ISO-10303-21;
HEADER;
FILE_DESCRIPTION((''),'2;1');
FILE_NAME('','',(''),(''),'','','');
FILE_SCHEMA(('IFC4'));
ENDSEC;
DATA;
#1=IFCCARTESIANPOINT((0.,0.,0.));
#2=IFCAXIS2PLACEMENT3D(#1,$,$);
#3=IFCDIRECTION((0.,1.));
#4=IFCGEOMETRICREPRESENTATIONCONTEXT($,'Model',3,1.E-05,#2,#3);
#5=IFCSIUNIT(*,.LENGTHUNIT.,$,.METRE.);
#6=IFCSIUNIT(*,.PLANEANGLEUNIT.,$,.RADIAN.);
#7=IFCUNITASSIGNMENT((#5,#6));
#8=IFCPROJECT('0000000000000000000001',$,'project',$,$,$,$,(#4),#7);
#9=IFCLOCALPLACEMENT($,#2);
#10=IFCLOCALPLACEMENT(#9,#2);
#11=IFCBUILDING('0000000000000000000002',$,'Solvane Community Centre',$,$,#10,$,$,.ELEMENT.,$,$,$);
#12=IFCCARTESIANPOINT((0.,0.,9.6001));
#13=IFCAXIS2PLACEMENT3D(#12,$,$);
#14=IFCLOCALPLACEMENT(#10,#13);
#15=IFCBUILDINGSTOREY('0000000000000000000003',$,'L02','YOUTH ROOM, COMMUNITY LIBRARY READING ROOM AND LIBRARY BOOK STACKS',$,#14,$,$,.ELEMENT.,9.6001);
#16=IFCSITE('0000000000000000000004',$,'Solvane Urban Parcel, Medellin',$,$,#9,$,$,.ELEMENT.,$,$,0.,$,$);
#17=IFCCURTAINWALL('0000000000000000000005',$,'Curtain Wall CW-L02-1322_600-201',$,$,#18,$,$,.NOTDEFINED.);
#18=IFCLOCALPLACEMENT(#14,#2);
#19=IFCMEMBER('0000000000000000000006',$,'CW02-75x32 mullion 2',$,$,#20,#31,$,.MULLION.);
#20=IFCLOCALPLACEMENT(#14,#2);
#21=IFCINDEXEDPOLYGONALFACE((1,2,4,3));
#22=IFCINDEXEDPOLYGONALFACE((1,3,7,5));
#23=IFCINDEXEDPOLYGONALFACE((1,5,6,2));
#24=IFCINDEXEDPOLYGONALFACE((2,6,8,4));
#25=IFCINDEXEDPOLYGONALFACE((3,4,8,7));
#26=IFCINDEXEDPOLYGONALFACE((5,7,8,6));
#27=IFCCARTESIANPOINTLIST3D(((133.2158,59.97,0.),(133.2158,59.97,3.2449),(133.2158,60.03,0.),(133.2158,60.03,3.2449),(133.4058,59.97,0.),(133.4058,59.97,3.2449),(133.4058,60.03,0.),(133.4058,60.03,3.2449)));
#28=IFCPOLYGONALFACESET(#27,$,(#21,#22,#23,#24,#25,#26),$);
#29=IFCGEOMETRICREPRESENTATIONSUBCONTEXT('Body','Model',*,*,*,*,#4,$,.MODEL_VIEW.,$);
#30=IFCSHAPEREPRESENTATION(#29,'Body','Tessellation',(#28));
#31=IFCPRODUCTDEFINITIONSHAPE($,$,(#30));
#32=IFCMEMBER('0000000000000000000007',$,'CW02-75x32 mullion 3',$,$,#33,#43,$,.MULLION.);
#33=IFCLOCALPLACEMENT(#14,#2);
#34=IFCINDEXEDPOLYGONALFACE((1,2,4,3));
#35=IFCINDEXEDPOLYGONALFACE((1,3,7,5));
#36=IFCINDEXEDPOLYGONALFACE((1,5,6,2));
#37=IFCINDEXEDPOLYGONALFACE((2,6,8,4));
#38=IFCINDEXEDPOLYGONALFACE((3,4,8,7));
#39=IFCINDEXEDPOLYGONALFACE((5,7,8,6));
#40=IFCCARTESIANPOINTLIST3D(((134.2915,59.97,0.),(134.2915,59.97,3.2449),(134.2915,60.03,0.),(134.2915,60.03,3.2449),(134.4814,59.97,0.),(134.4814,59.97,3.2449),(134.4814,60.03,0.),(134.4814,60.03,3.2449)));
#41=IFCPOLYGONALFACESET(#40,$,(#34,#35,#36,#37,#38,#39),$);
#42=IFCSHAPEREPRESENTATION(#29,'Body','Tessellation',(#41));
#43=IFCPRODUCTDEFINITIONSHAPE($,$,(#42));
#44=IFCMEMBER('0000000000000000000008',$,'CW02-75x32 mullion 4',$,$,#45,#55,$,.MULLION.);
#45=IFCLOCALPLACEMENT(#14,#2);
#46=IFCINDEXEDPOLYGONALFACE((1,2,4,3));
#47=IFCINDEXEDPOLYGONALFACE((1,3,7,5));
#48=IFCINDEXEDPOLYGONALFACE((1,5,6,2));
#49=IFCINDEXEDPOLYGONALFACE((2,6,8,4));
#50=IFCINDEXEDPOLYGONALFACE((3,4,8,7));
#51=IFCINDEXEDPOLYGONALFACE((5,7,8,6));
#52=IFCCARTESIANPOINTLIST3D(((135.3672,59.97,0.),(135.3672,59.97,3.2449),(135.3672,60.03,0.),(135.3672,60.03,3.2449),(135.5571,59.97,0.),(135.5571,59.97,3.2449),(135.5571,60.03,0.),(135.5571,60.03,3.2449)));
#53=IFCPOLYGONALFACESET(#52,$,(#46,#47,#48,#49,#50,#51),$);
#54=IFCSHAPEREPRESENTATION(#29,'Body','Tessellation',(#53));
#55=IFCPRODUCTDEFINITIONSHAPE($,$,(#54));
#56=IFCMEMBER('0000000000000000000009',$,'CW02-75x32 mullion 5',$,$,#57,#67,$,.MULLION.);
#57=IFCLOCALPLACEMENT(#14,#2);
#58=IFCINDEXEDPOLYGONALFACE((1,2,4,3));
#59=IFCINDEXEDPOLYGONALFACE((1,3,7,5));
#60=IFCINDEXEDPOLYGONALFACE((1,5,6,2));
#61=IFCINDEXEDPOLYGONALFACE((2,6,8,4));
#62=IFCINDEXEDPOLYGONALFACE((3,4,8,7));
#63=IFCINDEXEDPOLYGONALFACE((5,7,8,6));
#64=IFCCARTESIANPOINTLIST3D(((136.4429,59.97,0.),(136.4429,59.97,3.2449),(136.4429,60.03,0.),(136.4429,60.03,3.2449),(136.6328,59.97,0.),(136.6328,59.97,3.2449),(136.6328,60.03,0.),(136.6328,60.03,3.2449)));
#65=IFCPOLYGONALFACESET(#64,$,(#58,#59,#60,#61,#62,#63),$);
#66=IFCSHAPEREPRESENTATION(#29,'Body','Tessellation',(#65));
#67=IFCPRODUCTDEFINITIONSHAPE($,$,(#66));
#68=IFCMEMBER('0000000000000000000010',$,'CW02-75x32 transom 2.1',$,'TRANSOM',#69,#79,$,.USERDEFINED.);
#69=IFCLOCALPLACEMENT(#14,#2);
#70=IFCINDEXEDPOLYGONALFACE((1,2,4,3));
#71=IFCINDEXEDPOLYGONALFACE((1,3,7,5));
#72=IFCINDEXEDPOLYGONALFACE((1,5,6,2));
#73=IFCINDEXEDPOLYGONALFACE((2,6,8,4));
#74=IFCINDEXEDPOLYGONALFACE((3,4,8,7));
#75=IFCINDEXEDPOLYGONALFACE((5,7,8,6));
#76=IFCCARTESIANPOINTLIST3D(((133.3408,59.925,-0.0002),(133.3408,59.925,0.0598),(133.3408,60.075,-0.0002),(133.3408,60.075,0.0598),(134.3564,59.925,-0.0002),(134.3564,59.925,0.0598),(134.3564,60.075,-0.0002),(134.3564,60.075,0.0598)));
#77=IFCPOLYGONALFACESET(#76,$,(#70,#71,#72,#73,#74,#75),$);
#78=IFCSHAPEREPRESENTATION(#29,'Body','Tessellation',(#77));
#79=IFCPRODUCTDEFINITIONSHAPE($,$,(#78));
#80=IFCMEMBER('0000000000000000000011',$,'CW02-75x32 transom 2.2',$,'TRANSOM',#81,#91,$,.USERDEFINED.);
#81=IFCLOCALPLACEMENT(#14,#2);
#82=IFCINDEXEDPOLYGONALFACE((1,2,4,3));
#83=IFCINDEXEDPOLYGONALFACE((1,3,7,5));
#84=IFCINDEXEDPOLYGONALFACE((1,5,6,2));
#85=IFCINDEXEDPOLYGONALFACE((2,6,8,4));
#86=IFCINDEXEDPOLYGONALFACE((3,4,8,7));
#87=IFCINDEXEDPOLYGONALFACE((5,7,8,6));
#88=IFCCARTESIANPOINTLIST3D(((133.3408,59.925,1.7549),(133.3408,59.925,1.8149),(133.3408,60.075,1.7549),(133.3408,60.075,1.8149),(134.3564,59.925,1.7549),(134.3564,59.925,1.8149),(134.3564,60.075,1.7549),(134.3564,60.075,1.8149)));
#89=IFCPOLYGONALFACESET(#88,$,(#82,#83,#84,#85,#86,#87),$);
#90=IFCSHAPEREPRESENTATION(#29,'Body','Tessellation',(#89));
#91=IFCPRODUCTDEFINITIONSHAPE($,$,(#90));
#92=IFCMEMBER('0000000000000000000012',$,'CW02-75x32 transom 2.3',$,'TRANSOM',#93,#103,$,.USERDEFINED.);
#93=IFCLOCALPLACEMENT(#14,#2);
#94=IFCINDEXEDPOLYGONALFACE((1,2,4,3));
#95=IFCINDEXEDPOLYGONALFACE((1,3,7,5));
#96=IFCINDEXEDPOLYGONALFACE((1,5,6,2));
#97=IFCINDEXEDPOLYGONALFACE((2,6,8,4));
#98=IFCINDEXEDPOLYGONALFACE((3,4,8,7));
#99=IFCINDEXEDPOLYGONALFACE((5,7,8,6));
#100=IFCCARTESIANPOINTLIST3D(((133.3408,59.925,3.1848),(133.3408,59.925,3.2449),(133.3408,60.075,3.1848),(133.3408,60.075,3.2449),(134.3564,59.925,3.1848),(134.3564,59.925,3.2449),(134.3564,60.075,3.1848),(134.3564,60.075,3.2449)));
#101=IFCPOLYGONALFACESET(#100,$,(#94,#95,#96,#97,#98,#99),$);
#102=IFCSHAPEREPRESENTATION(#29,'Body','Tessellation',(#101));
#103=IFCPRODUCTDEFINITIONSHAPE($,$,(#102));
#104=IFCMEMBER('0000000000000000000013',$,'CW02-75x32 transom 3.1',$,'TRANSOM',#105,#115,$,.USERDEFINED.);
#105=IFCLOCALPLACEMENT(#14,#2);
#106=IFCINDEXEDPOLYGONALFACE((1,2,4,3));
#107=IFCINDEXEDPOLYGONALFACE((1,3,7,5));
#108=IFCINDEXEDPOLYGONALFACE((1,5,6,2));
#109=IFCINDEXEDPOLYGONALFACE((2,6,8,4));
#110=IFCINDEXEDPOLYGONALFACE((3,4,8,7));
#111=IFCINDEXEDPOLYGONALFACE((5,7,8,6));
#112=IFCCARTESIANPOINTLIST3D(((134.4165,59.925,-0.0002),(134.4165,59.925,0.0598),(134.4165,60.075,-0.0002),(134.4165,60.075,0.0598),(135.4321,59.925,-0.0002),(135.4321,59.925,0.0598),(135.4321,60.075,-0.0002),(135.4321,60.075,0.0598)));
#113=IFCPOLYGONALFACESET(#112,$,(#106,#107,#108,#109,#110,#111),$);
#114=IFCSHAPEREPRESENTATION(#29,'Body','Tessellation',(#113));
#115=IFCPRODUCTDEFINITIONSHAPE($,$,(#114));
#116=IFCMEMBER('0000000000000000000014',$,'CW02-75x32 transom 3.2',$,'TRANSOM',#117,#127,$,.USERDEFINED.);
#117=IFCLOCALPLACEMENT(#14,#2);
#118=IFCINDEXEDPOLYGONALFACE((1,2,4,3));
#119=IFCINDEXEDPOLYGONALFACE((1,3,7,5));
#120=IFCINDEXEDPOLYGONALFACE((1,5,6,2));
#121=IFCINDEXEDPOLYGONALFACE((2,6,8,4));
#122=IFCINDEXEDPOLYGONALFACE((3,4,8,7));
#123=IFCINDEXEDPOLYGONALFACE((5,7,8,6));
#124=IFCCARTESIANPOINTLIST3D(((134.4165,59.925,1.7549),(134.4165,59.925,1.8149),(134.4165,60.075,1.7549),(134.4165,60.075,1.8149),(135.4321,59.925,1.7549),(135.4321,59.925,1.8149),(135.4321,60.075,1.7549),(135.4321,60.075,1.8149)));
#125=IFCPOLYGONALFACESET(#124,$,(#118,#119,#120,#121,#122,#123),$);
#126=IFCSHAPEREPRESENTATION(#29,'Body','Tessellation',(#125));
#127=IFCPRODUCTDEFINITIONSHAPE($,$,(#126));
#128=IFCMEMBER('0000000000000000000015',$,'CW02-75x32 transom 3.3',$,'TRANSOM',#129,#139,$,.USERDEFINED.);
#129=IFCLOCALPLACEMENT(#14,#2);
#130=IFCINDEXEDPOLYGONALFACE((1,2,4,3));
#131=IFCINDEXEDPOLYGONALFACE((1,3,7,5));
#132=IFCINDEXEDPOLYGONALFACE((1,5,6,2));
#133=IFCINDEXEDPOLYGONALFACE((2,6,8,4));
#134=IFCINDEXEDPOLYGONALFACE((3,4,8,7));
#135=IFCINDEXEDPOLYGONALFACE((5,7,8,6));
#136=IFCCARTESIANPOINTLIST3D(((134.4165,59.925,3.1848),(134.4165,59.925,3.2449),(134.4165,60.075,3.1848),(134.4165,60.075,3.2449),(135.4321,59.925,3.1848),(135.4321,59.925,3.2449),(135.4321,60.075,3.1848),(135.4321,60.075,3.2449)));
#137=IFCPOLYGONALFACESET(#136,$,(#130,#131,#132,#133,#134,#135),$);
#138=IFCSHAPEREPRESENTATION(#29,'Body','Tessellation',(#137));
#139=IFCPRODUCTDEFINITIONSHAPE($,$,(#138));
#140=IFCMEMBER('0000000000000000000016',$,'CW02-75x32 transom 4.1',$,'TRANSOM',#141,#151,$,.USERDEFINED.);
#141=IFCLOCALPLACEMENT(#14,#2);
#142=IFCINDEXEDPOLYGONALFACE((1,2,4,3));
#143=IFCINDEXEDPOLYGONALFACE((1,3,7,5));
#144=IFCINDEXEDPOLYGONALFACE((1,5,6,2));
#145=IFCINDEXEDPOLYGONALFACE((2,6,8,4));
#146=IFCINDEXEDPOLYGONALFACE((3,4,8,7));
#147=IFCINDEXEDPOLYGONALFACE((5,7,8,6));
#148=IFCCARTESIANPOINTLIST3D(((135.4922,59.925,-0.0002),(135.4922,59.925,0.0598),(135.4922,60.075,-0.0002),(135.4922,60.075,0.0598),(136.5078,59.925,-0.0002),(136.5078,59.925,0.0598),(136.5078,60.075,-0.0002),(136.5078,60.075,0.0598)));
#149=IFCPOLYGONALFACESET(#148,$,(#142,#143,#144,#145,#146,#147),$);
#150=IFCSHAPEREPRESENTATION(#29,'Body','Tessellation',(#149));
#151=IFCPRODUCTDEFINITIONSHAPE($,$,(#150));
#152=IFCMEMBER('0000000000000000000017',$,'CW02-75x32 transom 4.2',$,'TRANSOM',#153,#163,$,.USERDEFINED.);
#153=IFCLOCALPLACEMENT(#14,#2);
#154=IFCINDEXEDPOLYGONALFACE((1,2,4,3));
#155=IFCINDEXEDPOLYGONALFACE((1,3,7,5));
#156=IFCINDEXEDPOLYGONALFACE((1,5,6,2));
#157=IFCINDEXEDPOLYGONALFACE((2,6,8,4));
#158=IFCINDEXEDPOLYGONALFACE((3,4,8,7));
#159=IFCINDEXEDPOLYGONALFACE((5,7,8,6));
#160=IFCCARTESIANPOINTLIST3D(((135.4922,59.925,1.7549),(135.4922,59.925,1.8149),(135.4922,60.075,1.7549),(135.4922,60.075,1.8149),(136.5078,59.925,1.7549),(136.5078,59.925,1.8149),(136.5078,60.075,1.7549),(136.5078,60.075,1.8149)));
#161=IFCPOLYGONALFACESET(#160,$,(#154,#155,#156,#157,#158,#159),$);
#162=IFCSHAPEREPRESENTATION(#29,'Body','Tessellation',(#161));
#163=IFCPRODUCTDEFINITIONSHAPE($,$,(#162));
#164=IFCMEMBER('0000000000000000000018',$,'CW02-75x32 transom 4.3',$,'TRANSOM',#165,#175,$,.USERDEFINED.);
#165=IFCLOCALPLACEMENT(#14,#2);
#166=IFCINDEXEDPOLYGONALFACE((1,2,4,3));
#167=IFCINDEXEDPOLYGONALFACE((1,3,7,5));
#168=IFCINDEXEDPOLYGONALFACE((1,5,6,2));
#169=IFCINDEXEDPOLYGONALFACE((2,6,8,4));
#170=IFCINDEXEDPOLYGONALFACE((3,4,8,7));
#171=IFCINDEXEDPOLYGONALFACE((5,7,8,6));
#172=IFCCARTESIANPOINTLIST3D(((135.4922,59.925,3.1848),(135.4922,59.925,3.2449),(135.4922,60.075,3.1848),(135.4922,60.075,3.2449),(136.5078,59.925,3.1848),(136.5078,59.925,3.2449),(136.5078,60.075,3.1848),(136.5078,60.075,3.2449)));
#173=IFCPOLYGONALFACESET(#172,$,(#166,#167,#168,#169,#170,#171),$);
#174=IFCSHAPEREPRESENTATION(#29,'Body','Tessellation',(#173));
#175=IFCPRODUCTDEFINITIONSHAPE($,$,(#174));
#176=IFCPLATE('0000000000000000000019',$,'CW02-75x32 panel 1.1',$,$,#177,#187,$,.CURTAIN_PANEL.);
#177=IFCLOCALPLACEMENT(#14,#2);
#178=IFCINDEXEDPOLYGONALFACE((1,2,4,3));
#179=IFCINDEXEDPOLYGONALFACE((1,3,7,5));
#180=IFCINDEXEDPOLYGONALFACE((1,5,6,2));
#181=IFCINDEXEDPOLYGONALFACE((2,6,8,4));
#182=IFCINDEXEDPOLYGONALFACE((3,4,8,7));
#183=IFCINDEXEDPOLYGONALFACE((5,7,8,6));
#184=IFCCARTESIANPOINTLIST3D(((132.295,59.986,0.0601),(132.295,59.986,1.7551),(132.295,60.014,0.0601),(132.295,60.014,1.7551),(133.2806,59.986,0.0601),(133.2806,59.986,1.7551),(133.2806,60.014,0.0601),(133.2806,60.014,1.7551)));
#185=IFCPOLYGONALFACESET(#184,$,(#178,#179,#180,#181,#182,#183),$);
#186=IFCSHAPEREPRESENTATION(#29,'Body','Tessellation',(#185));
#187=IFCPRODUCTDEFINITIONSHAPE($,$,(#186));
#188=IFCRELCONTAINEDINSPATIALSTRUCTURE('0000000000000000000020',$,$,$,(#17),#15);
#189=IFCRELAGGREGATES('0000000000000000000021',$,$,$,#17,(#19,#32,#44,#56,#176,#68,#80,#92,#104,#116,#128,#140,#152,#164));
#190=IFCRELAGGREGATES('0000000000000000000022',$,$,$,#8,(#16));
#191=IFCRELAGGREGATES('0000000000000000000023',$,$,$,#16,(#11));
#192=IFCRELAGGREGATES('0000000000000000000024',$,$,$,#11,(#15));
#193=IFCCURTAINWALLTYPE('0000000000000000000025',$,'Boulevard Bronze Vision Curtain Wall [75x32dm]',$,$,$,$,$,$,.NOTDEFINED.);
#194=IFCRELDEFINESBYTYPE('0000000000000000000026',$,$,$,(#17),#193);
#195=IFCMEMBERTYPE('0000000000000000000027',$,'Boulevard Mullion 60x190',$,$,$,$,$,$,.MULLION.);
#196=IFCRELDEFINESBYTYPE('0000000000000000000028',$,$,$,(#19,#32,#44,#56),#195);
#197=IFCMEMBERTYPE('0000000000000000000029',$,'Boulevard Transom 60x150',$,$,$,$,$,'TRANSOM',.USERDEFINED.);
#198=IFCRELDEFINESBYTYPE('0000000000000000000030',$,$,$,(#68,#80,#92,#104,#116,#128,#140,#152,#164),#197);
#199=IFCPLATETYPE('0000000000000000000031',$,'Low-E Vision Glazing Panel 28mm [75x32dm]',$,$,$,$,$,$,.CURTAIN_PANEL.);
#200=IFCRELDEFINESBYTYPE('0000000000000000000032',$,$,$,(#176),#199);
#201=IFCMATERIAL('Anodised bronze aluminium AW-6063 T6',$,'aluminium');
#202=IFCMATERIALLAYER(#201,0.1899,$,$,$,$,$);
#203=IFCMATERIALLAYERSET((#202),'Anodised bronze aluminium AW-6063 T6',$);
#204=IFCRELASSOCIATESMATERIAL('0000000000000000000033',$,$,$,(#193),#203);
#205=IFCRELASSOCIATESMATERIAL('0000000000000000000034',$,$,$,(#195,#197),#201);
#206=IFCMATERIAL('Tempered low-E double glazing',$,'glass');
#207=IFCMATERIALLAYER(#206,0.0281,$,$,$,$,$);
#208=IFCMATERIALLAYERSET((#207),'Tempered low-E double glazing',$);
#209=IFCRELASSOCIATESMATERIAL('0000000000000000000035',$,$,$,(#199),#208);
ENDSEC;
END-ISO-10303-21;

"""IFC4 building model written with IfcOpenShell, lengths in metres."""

from ifc_helpers import new_model, si_unit, direction, frame, origin, origin_2d, place, context, subcontext, project, spatial, rectangle, extrude, material, layer, layer_set, material_profile, profile_set, type_object, element, aggregate, save


model = new_model("IFC4")

# Units and contexts
model_context = context("Model", 3, precision=1e-05, world=origin(), true_north=direction((0.0, 1.0)))
body_context = subcontext(model_context, "Body", "Model", "MODEL_VIEW")
ifc_project = project(units=[si_unit("LENGTHUNIT", "METRE"), si_unit("PLANEANGLEUNIT", "RADIAN")], contexts=[model_context])

# Site, building, storey
site_placement = place(None, origin())
site = spatial("IfcSite", under=ifc_project, at=site_placement, Name="Solvane Urban Parcel, Medellin", CompositionType="ELEMENT", RefElevation=0.0)
building_placement = place(site_placement, origin())
building = spatial("IfcBuilding", under=site, at=building_placement, Name="Solvane Community Centre", CompositionType="ELEMENT")
storey_placement = place(building_placement, frame((0.0, 0.0, 9.6001)))
storey = spatial("IfcBuildingStorey", under=building, at=storey_placement, Name="L02", Description="YOUTH ROOM, COMMUNITY LIBRARY READING ROOM AND LIBRARY BOOK STACKS", CompositionType="ELEMENT", Elevation=9.6001)

# Curtain wall, members, plate
ifc_material_1 = material(Name="Anodised bronze aluminium AW-6063 T6", Category="aluminium")
ifc_layer_1 = layer(ifc_material_1, 0.1899)
ifc_layer_set_1 = layer_set([ifc_layer_1], Name="Anodised bronze aluminium AW-6063 T6")
curtain_wall_type = type_object("IfcCurtainWallType", Name="Boulevard Bronze Vision Curtain Wall [75x32dm]", PredefinedType="NOTDEFINED", material=ifc_layer_set_1)
curtain_wall_placement = place(storey_placement, origin())
curtain_wall = element("IfcCurtainWall", 1, at=curtain_wall_placement, inside=storey, type_object=curtain_wall_type, Name="Curtain Wall CW-L02-1322_600-201", PredefinedType="NOTDEFINED")
ifc_material_profile_1 = material_profile(ifc_material_1, rectangle(XDim=0.0601, YDim=0.1899, at=origin_2d()), Name="CW-M 60x190")
ifc_profile_set_1 = profile_set([ifc_material_profile_1], Name="Anodised bronze aluminium AW-6063 T6")
member_type_1 = type_object("IfcMemberType", Name="Boulevard Mullion 60x190", PredefinedType="MULLION", material=ifc_profile_set_1)
member_1_placement = place(storey_placement, frame((133.3108, 60.0, 0.0), z_axis=(0.0, 0.0, 1.0), x_axis=(0.0, 1.0, 0.0)))
member_1 = element("IfcMember", 2, at=member_1_placement, type_object=member_type_1, Name="CW02-75x32 mullion 2", PredefinedType="MULLION", context=body_context, shape_type="SweptSolid", body=[
    extrude(rectangle(XDim=0.0601, YDim=0.1899, at=origin_2d()), origin(), (0.0, 0.0, 1.0), 3.2449),
])
member_2_placement = place(storey_placement, frame((134.3865, 60.0, 0.0), z_axis=(0.0, 0.0, 1.0), x_axis=(0.0, 1.0, 0.0)))
member_2 = element("IfcMember", 3, at=member_2_placement, type_object=member_type_1, Name="CW02-75x32 mullion 3", PredefinedType="MULLION", context=body_context, shape_type="SweptSolid", body=[
    extrude(rectangle(XDim=0.0601, YDim=0.1899, at=origin_2d()), origin(), (0.0, 0.0, 1.0), 3.2449),
])
member_3_placement = place(storey_placement, frame((135.4622, 60.0, 0.0), z_axis=(0.0, 0.0, 1.0), x_axis=(0.0, 1.0, 0.0)))
member_3 = element("IfcMember", 4, at=member_3_placement, type_object=member_type_1, Name="CW02-75x32 mullion 4", PredefinedType="MULLION", context=body_context, shape_type="SweptSolid", body=[
    extrude(rectangle(XDim=0.0601, YDim=0.1899, at=origin_2d()), origin(), (0.0, 0.0, 1.0), 3.2449),
])
member_4_placement = place(storey_placement, frame((136.5378, 60.0, 0.0), z_axis=(0.0, 0.0, 1.0), x_axis=(0.0, 1.0, 0.0)))
member_4 = element("IfcMember", 5, at=member_4_placement, type_object=member_type_1, Name="CW02-75x32 mullion 5", PredefinedType="MULLION", context=body_context, shape_type="SweptSolid", body=[
    extrude(rectangle(XDim=0.0601, YDim=0.1899, at=origin_2d()), origin(), (0.0, 0.0, 1.0), 3.2449),
])
ifc_material_profile_2 = material_profile(ifc_material_1, rectangle(XDim=0.1499, YDim=0.0601, at=origin_2d()), Name="CW-T 60x150")
ifc_profile_set_2 = profile_set([ifc_material_profile_2], Name="Anodised bronze aluminium AW-6063 T6")
member_type_2 = type_object("IfcMemberType", Name="Boulevard Transom 60x150", ElementType="TRANSOM", PredefinedType="USERDEFINED", material=ifc_profile_set_2)
member_5_placement = place(storey_placement, frame((133.3408, 60.0, 0.0298), z_axis=(1.0, 0.0, 0.0), x_axis=(0.0, 1.0, 0.0)))
member_5 = element("IfcMember", 6, at=member_5_placement, type_object=member_type_2, Name="CW02-75x32 transom 2.1", ObjectType="TRANSOM", PredefinedType="USERDEFINED", context=body_context, shape_type="SweptSolid", body=[
    extrude(rectangle(XDim=0.1499, YDim=0.0601, at=origin_2d()), origin(), (0.0, 0.0, 1.0), 1.0156),
])
member_6_placement = place(storey_placement, frame((133.3408, 60.0, 1.7849), z_axis=(1.0, 0.0, 0.0), x_axis=(0.0, 1.0, 0.0)))
member_6 = element("IfcMember", 7, at=member_6_placement, type_object=member_type_2, Name="CW02-75x32 transom 2.2", ObjectType="TRANSOM", PredefinedType="USERDEFINED", context=body_context, shape_type="SweptSolid", body=[
    extrude(rectangle(XDim=0.1499, YDim=0.0601, at=origin_2d()), origin(), (0.0, 0.0, 1.0), 1.0156),
])
member_7_placement = place(storey_placement, frame((133.3408, 60.0, 3.2148), z_axis=(1.0, 0.0, 0.0), x_axis=(0.0, 1.0, 0.0)))
member_7 = element("IfcMember", 8, at=member_7_placement, type_object=member_type_2, Name="CW02-75x32 transom 2.3", ObjectType="TRANSOM", PredefinedType="USERDEFINED", context=body_context, shape_type="SweptSolid", body=[
    extrude(rectangle(XDim=0.1499, YDim=0.0601, at=origin_2d()), origin(), (0.0, 0.0, 1.0), 1.0156),
])
member_8_placement = place(storey_placement, frame((134.4165, 60.0, 0.0298), z_axis=(1.0, 0.0, 0.0), x_axis=(0.0, 1.0, 0.0)))
member_8 = element("IfcMember", 9, at=member_8_placement, type_object=member_type_2, Name="CW02-75x32 transom 3.1", ObjectType="TRANSOM", PredefinedType="USERDEFINED", context=body_context, shape_type="SweptSolid", body=[
    extrude(rectangle(XDim=0.1499, YDim=0.0601, at=origin_2d()), origin(), (0.0, 0.0, 1.0), 1.0156),
])
member_9_placement = place(storey_placement, frame((134.4165, 60.0, 1.7849), z_axis=(1.0, 0.0, 0.0), x_axis=(0.0, 1.0, 0.0)))
member_9 = element("IfcMember", 10, at=member_9_placement, type_object=member_type_2, Name="CW02-75x32 transom 3.2", ObjectType="TRANSOM", PredefinedType="USERDEFINED", context=body_context, shape_type="SweptSolid", body=[
    extrude(rectangle(XDim=0.1499, YDim=0.0601, at=origin_2d()), origin(), (0.0, 0.0, 1.0), 1.0156),
])
member_10_placement = place(storey_placement, frame((134.4165, 60.0, 3.2148), z_axis=(1.0, 0.0, 0.0), x_axis=(0.0, 1.0, 0.0)))
member_10 = element("IfcMember", 11, at=member_10_placement, type_object=member_type_2, Name="CW02-75x32 transom 3.3", ObjectType="TRANSOM", PredefinedType="USERDEFINED", context=body_context, shape_type="SweptSolid", body=[
    extrude(rectangle(XDim=0.1499, YDim=0.0601, at=origin_2d()), origin(), (0.0, 0.0, 1.0), 1.0156),
])
member_11_placement = place(storey_placement, frame((135.4922, 60.0, 0.0298), z_axis=(1.0, 0.0, 0.0), x_axis=(0.0, 1.0, 0.0)))
member_11 = element("IfcMember", 12, at=member_11_placement, type_object=member_type_2, Name="CW02-75x32 transom 4.1", ObjectType="TRANSOM", PredefinedType="USERDEFINED", context=body_context, shape_type="SweptSolid", body=[
    extrude(rectangle(XDim=0.1499, YDim=0.0601, at=origin_2d()), origin(), (0.0, 0.0, 1.0), 1.0156),
])
member_12_placement = place(storey_placement, frame((135.4922, 60.0, 1.7849), z_axis=(1.0, 0.0, 0.0), x_axis=(0.0, 1.0, 0.0)))
member_12 = element("IfcMember", 13, at=member_12_placement, type_object=member_type_2, Name="CW02-75x32 transom 4.2", ObjectType="TRANSOM", PredefinedType="USERDEFINED", context=body_context, shape_type="SweptSolid", body=[
    extrude(rectangle(XDim=0.1499, YDim=0.0601, at=origin_2d()), origin(), (0.0, 0.0, 1.0), 1.0156),
])
member_13_placement = place(storey_placement, frame((135.4922, 60.0, 3.2148), z_axis=(1.0, 0.0, 0.0), x_axis=(0.0, 1.0, 0.0)))
member_13 = element("IfcMember", 14, at=member_13_placement, type_object=member_type_2, Name="CW02-75x32 transom 4.3", ObjectType="TRANSOM", PredefinedType="USERDEFINED", context=body_context, shape_type="SweptSolid", body=[
    extrude(rectangle(XDim=0.1499, YDim=0.0601, at=origin_2d()), origin(), (0.0, 0.0, 1.0), 1.0156),
])
ifc_material_2 = material(Name="Tempered low-E double glazing", Category="glass")
ifc_layer_2 = layer(ifc_material_2, 0.0281)
ifc_layer_set_2 = layer_set([ifc_layer_2], Name="Tempered low-E double glazing")
plate_type = type_object("IfcPlateType", Name="Low-E Vision Glazing Panel 28mm [75x32dm]", PredefinedType="CURTAIN_PANEL", material=ifc_layer_set_2)
plate_1_placement = place(storey_placement, frame((132.7878, 60.0, 0.0601), z_axis=(0.0, 0.0, 1.0), x_axis=(1.0, 0.0, 0.0)))
plate_1 = element("IfcPlate", 15, at=plate_1_placement, type_object=plate_type, Name="CW02-75x32 panel 1.1", PredefinedType="CURTAIN_PANEL", context=body_context, shape_type="SweptSolid", body=[
    extrude(rectangle(XDim=0.9856, YDim=0.0281, at=origin_2d()), origin(), (0.0, 0.0, 1.0), 1.6951),
])
aggregate(curtain_wall, [member_1, member_2, member_3, member_4, plate_1, member_5, member_6, member_7, member_8, member_9, member_10, member_11, member_12, member_13])

save(model, "model.ifc")
